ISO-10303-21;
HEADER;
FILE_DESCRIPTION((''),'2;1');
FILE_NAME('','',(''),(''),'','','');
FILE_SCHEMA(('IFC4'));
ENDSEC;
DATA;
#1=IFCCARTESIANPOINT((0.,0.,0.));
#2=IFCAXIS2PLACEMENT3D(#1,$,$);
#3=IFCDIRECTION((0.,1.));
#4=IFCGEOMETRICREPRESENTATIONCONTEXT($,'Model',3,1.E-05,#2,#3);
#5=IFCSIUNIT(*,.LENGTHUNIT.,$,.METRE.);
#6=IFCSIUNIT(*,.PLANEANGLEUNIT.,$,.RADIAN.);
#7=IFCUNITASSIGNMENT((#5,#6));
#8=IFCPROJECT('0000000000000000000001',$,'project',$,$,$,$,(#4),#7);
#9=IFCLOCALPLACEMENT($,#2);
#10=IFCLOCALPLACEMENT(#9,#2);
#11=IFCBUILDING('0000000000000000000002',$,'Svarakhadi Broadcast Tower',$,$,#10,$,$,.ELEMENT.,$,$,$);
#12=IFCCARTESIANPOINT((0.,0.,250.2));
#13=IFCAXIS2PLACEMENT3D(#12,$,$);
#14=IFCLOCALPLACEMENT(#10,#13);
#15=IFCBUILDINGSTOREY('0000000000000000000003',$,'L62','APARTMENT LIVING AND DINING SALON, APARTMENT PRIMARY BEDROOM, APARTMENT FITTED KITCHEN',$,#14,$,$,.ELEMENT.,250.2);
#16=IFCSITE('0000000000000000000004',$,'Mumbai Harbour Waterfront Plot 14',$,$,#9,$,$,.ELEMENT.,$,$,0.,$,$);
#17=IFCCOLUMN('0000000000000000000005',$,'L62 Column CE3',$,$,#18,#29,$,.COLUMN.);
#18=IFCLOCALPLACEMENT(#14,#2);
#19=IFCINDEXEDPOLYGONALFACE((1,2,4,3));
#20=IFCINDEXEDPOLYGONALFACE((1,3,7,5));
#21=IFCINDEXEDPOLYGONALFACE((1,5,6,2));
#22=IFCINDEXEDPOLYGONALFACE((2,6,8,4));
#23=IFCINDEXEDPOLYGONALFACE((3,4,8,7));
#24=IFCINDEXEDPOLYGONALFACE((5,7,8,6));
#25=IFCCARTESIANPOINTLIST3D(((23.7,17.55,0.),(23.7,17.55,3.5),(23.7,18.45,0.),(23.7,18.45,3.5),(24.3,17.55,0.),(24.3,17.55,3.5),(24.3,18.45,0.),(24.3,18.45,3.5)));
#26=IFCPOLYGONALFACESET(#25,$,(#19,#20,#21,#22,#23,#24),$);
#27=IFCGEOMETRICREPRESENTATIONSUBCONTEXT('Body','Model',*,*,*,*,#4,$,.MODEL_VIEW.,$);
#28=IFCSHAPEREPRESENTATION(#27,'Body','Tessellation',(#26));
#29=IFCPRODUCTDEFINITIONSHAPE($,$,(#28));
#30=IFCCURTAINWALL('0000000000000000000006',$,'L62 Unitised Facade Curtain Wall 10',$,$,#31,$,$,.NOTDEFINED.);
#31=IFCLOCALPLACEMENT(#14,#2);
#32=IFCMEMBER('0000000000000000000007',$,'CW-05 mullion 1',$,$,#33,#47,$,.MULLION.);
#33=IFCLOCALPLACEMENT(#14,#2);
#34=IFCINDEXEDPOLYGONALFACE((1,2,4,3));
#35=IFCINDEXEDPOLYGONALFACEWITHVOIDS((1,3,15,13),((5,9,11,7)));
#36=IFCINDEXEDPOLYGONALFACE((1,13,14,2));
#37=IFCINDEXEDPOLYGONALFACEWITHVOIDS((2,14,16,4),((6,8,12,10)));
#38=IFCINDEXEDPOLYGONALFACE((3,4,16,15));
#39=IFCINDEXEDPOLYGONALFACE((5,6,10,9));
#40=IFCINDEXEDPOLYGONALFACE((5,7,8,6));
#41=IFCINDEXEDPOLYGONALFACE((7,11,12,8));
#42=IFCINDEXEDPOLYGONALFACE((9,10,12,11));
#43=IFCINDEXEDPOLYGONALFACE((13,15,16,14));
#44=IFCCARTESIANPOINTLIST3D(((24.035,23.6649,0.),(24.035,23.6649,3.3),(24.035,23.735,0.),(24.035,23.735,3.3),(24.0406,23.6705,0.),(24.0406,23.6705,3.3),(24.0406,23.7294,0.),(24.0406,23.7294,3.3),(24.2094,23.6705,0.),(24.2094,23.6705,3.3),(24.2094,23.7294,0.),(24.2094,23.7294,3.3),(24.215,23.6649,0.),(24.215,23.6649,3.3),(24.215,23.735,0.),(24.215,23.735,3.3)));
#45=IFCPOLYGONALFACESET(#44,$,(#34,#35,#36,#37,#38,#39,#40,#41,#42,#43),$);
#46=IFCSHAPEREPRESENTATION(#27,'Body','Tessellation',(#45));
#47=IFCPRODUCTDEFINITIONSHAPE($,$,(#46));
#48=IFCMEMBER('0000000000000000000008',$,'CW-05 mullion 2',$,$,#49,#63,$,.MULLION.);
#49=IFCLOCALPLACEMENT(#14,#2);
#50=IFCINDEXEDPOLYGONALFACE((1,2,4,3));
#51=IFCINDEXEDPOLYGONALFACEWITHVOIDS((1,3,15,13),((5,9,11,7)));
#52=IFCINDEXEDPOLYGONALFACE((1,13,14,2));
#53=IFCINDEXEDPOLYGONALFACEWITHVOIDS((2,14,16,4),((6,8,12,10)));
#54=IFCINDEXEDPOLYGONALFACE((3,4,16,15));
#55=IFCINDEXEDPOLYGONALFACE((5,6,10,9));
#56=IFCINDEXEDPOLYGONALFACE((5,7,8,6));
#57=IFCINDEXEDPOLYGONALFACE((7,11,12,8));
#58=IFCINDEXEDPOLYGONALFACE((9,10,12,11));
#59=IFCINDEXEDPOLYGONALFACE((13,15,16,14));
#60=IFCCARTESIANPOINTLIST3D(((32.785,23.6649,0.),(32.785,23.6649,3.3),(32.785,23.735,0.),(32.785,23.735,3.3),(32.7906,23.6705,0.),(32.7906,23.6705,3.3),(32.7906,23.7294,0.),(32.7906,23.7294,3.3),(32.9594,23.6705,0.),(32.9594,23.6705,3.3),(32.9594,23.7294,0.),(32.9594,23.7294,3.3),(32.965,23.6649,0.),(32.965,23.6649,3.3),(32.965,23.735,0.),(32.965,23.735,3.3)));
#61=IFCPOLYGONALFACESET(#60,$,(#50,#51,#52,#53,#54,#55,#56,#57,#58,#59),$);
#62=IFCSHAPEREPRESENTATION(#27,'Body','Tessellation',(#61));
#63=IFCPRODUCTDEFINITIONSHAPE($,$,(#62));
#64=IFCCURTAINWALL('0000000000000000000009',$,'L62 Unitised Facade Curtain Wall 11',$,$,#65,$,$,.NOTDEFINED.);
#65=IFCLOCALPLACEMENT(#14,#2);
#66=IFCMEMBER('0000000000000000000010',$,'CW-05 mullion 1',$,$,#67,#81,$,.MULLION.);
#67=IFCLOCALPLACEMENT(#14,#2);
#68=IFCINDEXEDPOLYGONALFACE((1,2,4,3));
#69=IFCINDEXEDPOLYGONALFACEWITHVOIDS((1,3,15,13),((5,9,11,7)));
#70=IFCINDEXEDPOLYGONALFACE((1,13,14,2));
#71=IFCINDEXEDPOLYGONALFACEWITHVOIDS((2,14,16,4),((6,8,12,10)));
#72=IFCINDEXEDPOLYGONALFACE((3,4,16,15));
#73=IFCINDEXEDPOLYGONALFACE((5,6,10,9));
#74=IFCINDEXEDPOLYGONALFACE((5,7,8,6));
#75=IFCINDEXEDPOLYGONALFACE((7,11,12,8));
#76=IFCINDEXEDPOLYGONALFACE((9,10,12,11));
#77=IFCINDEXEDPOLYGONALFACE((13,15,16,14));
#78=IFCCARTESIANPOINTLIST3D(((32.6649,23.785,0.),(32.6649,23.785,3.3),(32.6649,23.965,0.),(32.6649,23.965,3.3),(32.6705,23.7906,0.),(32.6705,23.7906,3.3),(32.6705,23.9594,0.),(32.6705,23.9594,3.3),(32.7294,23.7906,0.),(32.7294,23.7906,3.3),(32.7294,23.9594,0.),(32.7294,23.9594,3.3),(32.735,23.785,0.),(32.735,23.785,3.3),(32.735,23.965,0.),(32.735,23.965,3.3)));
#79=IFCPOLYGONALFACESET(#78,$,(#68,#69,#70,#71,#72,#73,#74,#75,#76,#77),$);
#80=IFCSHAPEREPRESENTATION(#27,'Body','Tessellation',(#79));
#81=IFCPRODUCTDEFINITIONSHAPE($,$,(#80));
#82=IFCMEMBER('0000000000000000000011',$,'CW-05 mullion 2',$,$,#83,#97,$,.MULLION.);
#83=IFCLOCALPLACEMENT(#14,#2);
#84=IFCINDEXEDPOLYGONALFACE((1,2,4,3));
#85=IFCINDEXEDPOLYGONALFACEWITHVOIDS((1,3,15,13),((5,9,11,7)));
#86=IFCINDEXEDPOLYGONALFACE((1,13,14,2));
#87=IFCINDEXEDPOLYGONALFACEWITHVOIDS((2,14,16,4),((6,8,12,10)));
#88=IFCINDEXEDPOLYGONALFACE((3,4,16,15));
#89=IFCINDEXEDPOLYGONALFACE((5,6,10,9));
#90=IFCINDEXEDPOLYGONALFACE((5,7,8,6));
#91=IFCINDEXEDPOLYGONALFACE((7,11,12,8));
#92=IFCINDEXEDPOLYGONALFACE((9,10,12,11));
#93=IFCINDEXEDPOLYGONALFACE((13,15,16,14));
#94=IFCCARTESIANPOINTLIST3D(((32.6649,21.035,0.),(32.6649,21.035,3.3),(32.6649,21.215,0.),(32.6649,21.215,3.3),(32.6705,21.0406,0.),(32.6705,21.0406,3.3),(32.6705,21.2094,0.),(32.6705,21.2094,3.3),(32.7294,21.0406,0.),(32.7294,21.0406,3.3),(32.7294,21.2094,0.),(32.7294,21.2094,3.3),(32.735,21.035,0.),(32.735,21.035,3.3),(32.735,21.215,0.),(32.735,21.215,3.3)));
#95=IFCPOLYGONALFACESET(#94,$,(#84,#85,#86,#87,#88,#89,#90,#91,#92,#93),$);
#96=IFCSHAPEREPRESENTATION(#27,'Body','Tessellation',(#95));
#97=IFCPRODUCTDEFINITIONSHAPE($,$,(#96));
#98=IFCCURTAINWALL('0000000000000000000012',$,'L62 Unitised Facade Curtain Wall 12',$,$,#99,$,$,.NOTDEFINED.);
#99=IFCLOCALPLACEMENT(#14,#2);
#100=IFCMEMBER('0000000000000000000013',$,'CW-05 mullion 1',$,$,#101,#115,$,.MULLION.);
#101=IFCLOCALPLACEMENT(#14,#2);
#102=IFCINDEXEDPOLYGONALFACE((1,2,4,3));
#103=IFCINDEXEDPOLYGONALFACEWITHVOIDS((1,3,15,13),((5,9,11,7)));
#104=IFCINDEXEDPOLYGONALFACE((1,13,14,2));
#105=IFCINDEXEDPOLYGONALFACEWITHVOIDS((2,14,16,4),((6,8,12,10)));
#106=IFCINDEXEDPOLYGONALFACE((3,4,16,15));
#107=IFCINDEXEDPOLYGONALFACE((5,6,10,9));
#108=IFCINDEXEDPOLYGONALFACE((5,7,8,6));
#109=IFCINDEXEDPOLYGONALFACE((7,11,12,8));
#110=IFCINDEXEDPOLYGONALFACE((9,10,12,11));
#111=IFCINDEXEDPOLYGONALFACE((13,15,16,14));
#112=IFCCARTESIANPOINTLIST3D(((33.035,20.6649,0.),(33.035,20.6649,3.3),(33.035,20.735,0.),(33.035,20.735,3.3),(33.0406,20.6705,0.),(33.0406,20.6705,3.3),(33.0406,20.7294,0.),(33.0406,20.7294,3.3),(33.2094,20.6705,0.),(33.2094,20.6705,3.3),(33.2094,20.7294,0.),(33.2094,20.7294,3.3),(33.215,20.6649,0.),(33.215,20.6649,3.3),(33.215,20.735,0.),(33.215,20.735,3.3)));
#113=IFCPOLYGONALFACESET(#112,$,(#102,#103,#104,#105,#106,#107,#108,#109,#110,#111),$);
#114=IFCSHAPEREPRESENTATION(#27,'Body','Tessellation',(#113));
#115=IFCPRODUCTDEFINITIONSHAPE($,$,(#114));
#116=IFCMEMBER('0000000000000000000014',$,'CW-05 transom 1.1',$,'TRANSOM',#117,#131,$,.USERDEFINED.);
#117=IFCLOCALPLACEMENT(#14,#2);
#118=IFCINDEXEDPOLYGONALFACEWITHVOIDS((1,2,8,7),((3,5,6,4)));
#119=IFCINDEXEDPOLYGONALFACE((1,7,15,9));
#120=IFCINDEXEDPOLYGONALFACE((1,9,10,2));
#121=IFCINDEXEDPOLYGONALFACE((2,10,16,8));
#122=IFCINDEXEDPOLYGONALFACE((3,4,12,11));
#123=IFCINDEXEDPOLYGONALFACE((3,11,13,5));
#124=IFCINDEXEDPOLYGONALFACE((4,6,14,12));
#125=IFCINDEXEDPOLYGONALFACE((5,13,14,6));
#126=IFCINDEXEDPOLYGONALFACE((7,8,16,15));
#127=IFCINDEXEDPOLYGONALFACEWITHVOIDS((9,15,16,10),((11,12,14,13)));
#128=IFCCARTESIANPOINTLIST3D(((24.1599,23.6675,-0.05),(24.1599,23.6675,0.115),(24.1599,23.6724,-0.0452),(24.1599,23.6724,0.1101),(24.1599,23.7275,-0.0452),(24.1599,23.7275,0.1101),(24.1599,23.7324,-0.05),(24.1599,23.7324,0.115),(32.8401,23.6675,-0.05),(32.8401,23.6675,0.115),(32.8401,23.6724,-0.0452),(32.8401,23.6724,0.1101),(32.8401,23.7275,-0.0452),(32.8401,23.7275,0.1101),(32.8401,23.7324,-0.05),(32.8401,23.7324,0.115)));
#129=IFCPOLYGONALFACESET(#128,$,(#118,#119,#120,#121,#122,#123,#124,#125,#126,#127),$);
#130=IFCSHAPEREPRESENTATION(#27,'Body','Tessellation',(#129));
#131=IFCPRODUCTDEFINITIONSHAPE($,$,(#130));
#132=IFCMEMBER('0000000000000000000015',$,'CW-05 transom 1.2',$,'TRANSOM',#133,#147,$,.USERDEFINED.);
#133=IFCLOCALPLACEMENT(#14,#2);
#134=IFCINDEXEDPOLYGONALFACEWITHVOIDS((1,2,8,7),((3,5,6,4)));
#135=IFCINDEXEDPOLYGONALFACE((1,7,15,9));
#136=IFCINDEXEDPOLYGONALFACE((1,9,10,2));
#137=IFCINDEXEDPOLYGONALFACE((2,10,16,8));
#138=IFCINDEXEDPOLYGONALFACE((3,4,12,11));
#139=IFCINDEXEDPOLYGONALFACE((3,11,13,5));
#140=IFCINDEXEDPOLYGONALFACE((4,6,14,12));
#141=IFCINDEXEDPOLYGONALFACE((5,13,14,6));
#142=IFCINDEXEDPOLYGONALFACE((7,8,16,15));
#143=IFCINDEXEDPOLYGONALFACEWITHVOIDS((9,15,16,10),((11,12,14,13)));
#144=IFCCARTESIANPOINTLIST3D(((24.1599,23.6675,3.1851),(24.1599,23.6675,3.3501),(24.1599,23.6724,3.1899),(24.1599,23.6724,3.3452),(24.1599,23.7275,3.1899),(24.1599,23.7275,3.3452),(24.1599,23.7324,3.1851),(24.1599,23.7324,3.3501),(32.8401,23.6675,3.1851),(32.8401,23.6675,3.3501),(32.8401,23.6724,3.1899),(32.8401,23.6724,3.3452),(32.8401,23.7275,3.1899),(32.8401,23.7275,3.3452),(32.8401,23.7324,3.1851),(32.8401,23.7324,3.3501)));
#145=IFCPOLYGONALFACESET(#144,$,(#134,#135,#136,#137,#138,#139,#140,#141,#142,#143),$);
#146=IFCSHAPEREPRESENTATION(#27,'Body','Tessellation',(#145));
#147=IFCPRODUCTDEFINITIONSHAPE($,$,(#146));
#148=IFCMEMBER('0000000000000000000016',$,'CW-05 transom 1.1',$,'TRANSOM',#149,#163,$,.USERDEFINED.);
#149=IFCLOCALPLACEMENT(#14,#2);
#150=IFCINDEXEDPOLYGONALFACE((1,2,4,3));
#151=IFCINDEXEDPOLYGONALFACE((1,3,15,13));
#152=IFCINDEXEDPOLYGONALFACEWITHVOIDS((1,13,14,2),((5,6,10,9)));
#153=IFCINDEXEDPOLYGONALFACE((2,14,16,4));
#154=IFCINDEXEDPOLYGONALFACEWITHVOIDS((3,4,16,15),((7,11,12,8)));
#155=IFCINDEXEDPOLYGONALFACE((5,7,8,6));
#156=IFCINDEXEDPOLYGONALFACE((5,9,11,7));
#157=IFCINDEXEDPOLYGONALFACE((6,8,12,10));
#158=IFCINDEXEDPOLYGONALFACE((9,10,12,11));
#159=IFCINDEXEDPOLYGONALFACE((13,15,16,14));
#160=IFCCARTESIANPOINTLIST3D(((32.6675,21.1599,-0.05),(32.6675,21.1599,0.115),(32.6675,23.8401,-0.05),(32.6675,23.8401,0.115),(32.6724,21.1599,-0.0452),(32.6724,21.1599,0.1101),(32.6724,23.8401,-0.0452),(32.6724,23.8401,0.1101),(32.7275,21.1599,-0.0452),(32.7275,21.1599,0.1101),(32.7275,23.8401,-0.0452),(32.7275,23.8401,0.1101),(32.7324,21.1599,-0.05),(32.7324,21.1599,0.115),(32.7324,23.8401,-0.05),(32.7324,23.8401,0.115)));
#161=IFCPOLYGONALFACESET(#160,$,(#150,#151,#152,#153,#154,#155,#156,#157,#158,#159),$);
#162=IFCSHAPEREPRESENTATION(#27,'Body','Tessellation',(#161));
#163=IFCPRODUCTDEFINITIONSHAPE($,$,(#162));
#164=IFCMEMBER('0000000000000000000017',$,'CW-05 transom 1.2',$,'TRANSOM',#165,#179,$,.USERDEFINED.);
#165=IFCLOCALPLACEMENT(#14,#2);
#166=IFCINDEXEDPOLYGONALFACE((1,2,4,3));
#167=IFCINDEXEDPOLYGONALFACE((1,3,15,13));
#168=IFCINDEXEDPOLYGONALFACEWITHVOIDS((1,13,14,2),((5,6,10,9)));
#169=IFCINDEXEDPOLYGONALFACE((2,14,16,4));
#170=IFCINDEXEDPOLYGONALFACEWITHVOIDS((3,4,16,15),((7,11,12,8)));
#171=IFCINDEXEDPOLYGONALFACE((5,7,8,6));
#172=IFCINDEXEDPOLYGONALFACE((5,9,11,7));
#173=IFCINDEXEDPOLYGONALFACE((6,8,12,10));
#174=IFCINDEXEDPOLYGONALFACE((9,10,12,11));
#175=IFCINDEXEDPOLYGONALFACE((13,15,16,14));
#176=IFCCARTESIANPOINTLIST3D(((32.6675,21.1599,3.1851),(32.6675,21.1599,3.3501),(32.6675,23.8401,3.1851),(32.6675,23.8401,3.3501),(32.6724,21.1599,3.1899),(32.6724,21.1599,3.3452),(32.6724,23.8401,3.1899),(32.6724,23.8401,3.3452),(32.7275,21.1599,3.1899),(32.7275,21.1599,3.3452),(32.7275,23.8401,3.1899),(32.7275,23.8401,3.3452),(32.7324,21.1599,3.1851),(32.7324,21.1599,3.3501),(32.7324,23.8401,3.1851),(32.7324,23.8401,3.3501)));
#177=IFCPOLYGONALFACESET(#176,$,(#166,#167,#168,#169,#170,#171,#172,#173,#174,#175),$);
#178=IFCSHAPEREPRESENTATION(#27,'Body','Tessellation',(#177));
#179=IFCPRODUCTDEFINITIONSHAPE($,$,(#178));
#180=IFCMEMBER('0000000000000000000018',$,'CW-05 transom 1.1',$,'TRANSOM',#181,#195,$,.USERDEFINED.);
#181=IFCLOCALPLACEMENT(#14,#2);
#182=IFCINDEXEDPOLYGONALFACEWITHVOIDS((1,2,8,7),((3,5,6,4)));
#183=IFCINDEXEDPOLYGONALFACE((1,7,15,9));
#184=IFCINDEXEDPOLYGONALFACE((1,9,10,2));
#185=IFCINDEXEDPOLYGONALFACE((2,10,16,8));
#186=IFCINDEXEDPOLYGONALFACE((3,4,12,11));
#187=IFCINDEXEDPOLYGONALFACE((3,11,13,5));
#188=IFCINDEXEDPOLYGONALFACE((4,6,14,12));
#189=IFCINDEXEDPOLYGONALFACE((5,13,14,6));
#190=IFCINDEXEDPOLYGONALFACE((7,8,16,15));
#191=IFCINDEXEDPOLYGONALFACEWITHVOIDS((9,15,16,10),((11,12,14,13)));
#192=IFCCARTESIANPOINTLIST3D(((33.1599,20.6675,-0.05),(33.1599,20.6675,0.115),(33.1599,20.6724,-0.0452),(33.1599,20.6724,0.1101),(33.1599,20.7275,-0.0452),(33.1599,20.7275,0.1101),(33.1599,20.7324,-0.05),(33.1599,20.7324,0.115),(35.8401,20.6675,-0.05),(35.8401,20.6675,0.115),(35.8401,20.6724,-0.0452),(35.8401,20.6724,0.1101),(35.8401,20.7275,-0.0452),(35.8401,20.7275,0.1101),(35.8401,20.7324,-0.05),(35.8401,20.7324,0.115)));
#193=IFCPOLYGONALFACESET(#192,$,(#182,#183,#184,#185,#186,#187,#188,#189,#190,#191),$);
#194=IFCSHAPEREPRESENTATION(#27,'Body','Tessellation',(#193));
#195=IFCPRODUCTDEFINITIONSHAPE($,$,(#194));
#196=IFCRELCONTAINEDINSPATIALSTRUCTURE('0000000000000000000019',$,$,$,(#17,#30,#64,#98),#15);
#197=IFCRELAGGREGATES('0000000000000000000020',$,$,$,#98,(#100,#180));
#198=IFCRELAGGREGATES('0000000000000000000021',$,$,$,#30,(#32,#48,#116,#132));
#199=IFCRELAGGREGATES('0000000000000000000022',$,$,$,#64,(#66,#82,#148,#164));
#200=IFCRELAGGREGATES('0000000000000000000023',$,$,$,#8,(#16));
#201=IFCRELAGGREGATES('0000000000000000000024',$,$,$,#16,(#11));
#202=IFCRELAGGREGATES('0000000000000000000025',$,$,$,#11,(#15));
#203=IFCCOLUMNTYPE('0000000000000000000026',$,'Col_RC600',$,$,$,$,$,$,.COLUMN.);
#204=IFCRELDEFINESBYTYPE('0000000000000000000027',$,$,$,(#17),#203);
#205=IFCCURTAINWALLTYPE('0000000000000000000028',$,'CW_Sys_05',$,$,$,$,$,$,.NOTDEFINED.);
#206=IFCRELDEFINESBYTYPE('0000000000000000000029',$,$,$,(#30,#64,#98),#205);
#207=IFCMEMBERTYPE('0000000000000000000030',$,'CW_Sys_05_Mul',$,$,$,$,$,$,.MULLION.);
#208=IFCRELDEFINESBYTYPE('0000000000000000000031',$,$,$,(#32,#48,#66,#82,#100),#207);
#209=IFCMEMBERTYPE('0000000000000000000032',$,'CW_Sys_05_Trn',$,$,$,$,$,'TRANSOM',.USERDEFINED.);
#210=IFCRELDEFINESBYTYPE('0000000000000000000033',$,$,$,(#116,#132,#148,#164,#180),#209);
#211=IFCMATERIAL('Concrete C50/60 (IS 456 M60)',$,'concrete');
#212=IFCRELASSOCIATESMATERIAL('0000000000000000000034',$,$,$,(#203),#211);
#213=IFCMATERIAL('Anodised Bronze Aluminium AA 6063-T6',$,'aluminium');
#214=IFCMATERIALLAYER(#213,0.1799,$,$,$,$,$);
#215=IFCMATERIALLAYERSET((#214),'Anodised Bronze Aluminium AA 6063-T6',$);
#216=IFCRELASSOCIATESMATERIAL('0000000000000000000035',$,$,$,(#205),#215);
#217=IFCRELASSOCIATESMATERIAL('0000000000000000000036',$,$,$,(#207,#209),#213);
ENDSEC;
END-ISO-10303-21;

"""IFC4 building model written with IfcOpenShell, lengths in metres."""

from ifc_helpers import new_model, si_unit, direction, frame, origin, origin_2d, place, context, subcontext, project, spatial, rectangle, hollow_rectangle, extrude, material, layer, layer_set, material_profile, profile_set, type_object, element, aggregate, save


model = new_model("IFC4")

# Units and contexts
model_context = context("Model", 3, precision=1e-05, world=origin(), true_north=direction((0.0, 1.0)))
body_context = subcontext(model_context, "Body", "Model", "MODEL_VIEW")
ifc_project = project(units=[si_unit("LENGTHUNIT", "METRE"), si_unit("PLANEANGLEUNIT", "RADIAN")], contexts=[model_context])

# Site, building, storey
site_placement = place(None, origin())
site = spatial("IfcSite", under=ifc_project, at=site_placement, Name="Mumbai Harbour Waterfront Plot 14", CompositionType="ELEMENT", RefElevation=0.0)
building_placement = place(site_placement, origin())
building = spatial("IfcBuilding", under=site, at=building_placement, Name="Svarakhadi Broadcast Tower", CompositionType="ELEMENT")
storey_placement = place(building_placement, frame((0.0, 0.0, 250.2)))
storey = spatial("IfcBuildingStorey", under=building, at=storey_placement, Name="L62", Description="APARTMENT LIVING AND DINING SALON, APARTMENT PRIMARY BEDROOM, APARTMENT FITTED KITCHEN", CompositionType="ELEMENT", Elevation=250.2)

# Column
ifc_material_1 = material(Name="Concrete C50/60 (IS 456 M60)", Category="concrete")
ifc_material_profile_1 = material_profile(ifc_material_1, rectangle(XDim=0.6001, YDim=0.8999, at=origin_2d()), Name="RC 600x900")
ifc_profile_set_1 = profile_set([ifc_material_profile_1], Name="Concrete C50/60 (IS 456 M60)")
column_type = type_object("IfcColumnType", Name="Col_RC600", PredefinedType="COLUMN", material=ifc_profile_set_1)
column_placement = place(storey_placement, frame((24.0, 18.0, 0.0), z_axis=(0.0, 0.0, 1.0), x_axis=(1.0, 0.0, 0.0)))
element("IfcColumn", 1, at=column_placement, inside=storey, type_object=column_type, Name="L62 Column CE3", PredefinedType="COLUMN", context=body_context, shape_type="SweptSolid", body=[
    extrude(rectangle(XDim=0.6001, YDim=0.8999, at=origin_2d()), origin(), (0.0, 0.0, 1.0), 3.5),
])

# Curtain walls, members
ifc_material_2 = material(Name="Anodised Bronze Aluminium AA 6063-T6", Category="aluminium")
ifc_layer_1 = layer(ifc_material_2, 0.1799)
ifc_layer_set_1 = layer_set([ifc_layer_1], Name="Anodised Bronze Aluminium AA 6063-T6")
curtain_wall_type = type_object("IfcCurtainWallType", Name="CW_Sys_05", PredefinedType="NOTDEFINED", material=ifc_layer_set_1)
curtain_wall_1_placement = place(storey_placement, origin())
curtain_wall_1 = element("IfcCurtainWall", 2, at=curtain_wall_1_placement, inside=storey, type_object=curtain_wall_type, Name="L62 Unitised Facade Curtain Wall 10", PredefinedType="NOTDEFINED")
ifc_material_profile_2 = material_profile(ifc_material_2, hollow_rectangle(XDim=0.0701, YDim=0.1799, WallThickness=0.0056, at=origin_2d()), Name="ALU MULLION 180x70x6")
ifc_profile_set_2 = profile_set([ifc_material_profile_2], Name="Anodised Bronze Aluminium AA 6063-T6")
member_type_1 = type_object("IfcMemberType", Name="CW_Sys_05_Mul", PredefinedType="MULLION", material=ifc_profile_set_2)
member_1_placement = place(storey_placement, frame((24.125, 23.7, 0.0), z_axis=(0.0, 0.0, 1.0), x_axis=(0.0, 1.0, 0.0)))
member_1 = element("IfcMember", 3, at=member_1_placement, type_object=member_type_1, Name="CW-05 mullion 1", PredefinedType="MULLION", context=body_context, shape_type="SweptSolid", body=[
    extrude(hollow_rectangle(XDim=0.0701, YDim=0.1799, WallThickness=0.0056, at=origin_2d()), origin(), (0.0, 0.0, 1.0), 3.3),
])
member_2_placement = place(storey_placement, frame((32.875, 23.7, 0.0), z_axis=(0.0, 0.0, 1.0), x_axis=(0.0, 1.0, 0.0)))
member_2 = element("IfcMember", 4, at=member_2_placement, type_object=member_type_1, Name="CW-05 mullion 2", PredefinedType="MULLION", context=body_context, shape_type="SweptSolid", body=[
    extrude(hollow_rectangle(XDim=0.0701, YDim=0.1799, WallThickness=0.0056, at=origin_2d()), origin(), (0.0, 0.0, 1.0), 3.3),
])
curtain_wall_2_placement = place(storey_placement, origin())
curtain_wall_2 = element("IfcCurtainWall", 5, at=curtain_wall_2_placement, inside=storey, type_object=curtain_wall_type, Name="L62 Unitised Facade Curtain Wall 11", PredefinedType="NOTDEFINED")
member_3_placement = place(storey_placement, frame((32.7, 23.875, 0.0), z_axis=(0.0, 0.0, 1.0), x_axis=(1.0, 0.0, 0.0)))
member_3 = element("IfcMember", 6, at=member_3_placement, type_object=member_type_1, Name="CW-05 mullion 1", PredefinedType="MULLION", context=body_context, shape_type="SweptSolid", body=[
    extrude(hollow_rectangle(XDim=0.0701, YDim=0.1799, WallThickness=0.0056, at=origin_2d()), origin(), (0.0, 0.0, 1.0), 3.3),
])
member_4_placement = place(storey_placement, frame((32.7, 21.125, 0.0), z_axis=(0.0, 0.0, 1.0), x_axis=(1.0, 0.0, 0.0)))
member_4 = element("IfcMember", 7, at=member_4_placement, type_object=member_type_1, Name="CW-05 mullion 2", PredefinedType="MULLION", context=body_context, shape_type="SweptSolid", body=[
    extrude(hollow_rectangle(XDim=0.0701, YDim=0.1799, WallThickness=0.0056, at=origin_2d()), origin(), (0.0, 0.0, 1.0), 3.3),
])

# Curtain wall, member
curtain_wall_3_placement = place(storey_placement, origin())
curtain_wall_3 = element("IfcCurtainWall", 8, at=curtain_wall_3_placement, inside=storey, type_object=curtain_wall_type, Name="L62 Unitised Facade Curtain Wall 12", PredefinedType="NOTDEFINED")
member_5_placement = place(storey_placement, frame((33.125, 20.7, 0.0), z_axis=(0.0, 0.0, 1.0), x_axis=(0.0, 1.0, 0.0)))
member_5 = element("IfcMember", 9, at=member_5_placement, type_object=member_type_1, Name="CW-05 mullion 1", PredefinedType="MULLION", context=body_context, shape_type="SweptSolid", body=[
    extrude(hollow_rectangle(XDim=0.0701, YDim=0.1799, WallThickness=0.0056, at=origin_2d()), origin(), (0.0, 0.0, 1.0), 3.3),
])

# Members
ifc_material_profile_3 = material_profile(ifc_material_2, hollow_rectangle(XDim=0.0649, YDim=0.165, WallThickness=0.0049, at=origin_2d()), Name="ALU TRANSOM 165x65x5")
ifc_profile_set_3 = profile_set([ifc_material_profile_3], Name="Anodised Bronze Aluminium AA 6063-T6")
member_type_2 = type_object("IfcMemberType", Name="CW_Sys_05_Trn", ElementType="TRANSOM", PredefinedType="USERDEFINED", material=ifc_profile_set_3)
member_6_placement = place(storey_placement, frame((24.1599, 23.7, 0.0325), z_axis=(1.0, 0.0, 0.0), x_axis=(0.0, 1.0, 0.0)))
member_6 = element("IfcMember", 10, at=member_6_placement, type_object=member_type_2, Name="CW-05 transom 1.1", ObjectType="TRANSOM", PredefinedType="USERDEFINED", context=body_context, shape_type="SweptSolid", body=[
    extrude(hollow_rectangle(XDim=0.0649, YDim=0.165, WallThickness=0.0049, at=origin_2d()), origin(), (0.0, 0.0, 1.0), 8.6802),
])
member_7_placement = place(storey_placement, frame((24.1599, 23.7, 3.2676), z_axis=(1.0, 0.0, 0.0), x_axis=(0.0, 1.0, 0.0)))
member_7 = element("IfcMember", 11, at=member_7_placement, type_object=member_type_2, Name="CW-05 transom 1.2", ObjectType="TRANSOM", PredefinedType="USERDEFINED", context=body_context, shape_type="SweptSolid", body=[
    extrude(hollow_rectangle(XDim=0.0649, YDim=0.165, WallThickness=0.0049, at=origin_2d()), origin(), (0.0, 0.0, 1.0), 8.6802),
])
member_8_placement = place(storey_placement, frame((32.7, 23.8401, 0.0325), z_axis=(0.0, -1.0, 0.0), x_axis=(1.0, 0.0, 0.0)))
member_8 = element("IfcMember", 12, at=member_8_placement, type_object=member_type_2, Name="CW-05 transom 1.1", ObjectType="TRANSOM", PredefinedType="USERDEFINED", context=body_context, shape_type="SweptSolid", body=[
    extrude(hollow_rectangle(XDim=0.0649, YDim=0.165, WallThickness=0.0049, at=origin_2d()), origin(), (0.0, 0.0, 1.0), 2.6802),
])
member_9_placement = place(storey_placement, frame((32.7, 23.8401, 3.2676), z_axis=(0.0, -1.0, 0.0), x_axis=(1.0, 0.0, 0.0)))
member_9 = element("IfcMember", 13, at=member_9_placement, type_object=member_type_2, Name="CW-05 transom 1.2", ObjectType="TRANSOM", PredefinedType="USERDEFINED", context=body_context, shape_type="SweptSolid", body=[
    extrude(hollow_rectangle(XDim=0.0649, YDim=0.165, WallThickness=0.0049, at=origin_2d()), origin(), (0.0, 0.0, 1.0), 2.6802),
])
member_10_placement = place(storey_placement, frame((33.1599, 20.7, 0.0325), z_axis=(1.0, 0.0, 0.0), x_axis=(0.0, 1.0, 0.0)))
member_10 = element("IfcMember", 14, at=member_10_placement, type_object=member_type_2, Name="CW-05 transom 1.1", ObjectType="TRANSOM", PredefinedType="USERDEFINED", context=body_context, shape_type="SweptSolid", body=[
    extrude(hollow_rectangle(XDim=0.0649, YDim=0.165, WallThickness=0.0049, at=origin_2d()), origin(), (0.0, 0.0, 1.0), 2.6802),
])
aggregate(curtain_wall_3, [member_5, member_10])

aggregate(curtain_wall_1, [member_1, member_2, member_6, member_7])
aggregate(curtain_wall_2, [member_3, member_4, member_8, member_9])

save(model, "model.ifc")
